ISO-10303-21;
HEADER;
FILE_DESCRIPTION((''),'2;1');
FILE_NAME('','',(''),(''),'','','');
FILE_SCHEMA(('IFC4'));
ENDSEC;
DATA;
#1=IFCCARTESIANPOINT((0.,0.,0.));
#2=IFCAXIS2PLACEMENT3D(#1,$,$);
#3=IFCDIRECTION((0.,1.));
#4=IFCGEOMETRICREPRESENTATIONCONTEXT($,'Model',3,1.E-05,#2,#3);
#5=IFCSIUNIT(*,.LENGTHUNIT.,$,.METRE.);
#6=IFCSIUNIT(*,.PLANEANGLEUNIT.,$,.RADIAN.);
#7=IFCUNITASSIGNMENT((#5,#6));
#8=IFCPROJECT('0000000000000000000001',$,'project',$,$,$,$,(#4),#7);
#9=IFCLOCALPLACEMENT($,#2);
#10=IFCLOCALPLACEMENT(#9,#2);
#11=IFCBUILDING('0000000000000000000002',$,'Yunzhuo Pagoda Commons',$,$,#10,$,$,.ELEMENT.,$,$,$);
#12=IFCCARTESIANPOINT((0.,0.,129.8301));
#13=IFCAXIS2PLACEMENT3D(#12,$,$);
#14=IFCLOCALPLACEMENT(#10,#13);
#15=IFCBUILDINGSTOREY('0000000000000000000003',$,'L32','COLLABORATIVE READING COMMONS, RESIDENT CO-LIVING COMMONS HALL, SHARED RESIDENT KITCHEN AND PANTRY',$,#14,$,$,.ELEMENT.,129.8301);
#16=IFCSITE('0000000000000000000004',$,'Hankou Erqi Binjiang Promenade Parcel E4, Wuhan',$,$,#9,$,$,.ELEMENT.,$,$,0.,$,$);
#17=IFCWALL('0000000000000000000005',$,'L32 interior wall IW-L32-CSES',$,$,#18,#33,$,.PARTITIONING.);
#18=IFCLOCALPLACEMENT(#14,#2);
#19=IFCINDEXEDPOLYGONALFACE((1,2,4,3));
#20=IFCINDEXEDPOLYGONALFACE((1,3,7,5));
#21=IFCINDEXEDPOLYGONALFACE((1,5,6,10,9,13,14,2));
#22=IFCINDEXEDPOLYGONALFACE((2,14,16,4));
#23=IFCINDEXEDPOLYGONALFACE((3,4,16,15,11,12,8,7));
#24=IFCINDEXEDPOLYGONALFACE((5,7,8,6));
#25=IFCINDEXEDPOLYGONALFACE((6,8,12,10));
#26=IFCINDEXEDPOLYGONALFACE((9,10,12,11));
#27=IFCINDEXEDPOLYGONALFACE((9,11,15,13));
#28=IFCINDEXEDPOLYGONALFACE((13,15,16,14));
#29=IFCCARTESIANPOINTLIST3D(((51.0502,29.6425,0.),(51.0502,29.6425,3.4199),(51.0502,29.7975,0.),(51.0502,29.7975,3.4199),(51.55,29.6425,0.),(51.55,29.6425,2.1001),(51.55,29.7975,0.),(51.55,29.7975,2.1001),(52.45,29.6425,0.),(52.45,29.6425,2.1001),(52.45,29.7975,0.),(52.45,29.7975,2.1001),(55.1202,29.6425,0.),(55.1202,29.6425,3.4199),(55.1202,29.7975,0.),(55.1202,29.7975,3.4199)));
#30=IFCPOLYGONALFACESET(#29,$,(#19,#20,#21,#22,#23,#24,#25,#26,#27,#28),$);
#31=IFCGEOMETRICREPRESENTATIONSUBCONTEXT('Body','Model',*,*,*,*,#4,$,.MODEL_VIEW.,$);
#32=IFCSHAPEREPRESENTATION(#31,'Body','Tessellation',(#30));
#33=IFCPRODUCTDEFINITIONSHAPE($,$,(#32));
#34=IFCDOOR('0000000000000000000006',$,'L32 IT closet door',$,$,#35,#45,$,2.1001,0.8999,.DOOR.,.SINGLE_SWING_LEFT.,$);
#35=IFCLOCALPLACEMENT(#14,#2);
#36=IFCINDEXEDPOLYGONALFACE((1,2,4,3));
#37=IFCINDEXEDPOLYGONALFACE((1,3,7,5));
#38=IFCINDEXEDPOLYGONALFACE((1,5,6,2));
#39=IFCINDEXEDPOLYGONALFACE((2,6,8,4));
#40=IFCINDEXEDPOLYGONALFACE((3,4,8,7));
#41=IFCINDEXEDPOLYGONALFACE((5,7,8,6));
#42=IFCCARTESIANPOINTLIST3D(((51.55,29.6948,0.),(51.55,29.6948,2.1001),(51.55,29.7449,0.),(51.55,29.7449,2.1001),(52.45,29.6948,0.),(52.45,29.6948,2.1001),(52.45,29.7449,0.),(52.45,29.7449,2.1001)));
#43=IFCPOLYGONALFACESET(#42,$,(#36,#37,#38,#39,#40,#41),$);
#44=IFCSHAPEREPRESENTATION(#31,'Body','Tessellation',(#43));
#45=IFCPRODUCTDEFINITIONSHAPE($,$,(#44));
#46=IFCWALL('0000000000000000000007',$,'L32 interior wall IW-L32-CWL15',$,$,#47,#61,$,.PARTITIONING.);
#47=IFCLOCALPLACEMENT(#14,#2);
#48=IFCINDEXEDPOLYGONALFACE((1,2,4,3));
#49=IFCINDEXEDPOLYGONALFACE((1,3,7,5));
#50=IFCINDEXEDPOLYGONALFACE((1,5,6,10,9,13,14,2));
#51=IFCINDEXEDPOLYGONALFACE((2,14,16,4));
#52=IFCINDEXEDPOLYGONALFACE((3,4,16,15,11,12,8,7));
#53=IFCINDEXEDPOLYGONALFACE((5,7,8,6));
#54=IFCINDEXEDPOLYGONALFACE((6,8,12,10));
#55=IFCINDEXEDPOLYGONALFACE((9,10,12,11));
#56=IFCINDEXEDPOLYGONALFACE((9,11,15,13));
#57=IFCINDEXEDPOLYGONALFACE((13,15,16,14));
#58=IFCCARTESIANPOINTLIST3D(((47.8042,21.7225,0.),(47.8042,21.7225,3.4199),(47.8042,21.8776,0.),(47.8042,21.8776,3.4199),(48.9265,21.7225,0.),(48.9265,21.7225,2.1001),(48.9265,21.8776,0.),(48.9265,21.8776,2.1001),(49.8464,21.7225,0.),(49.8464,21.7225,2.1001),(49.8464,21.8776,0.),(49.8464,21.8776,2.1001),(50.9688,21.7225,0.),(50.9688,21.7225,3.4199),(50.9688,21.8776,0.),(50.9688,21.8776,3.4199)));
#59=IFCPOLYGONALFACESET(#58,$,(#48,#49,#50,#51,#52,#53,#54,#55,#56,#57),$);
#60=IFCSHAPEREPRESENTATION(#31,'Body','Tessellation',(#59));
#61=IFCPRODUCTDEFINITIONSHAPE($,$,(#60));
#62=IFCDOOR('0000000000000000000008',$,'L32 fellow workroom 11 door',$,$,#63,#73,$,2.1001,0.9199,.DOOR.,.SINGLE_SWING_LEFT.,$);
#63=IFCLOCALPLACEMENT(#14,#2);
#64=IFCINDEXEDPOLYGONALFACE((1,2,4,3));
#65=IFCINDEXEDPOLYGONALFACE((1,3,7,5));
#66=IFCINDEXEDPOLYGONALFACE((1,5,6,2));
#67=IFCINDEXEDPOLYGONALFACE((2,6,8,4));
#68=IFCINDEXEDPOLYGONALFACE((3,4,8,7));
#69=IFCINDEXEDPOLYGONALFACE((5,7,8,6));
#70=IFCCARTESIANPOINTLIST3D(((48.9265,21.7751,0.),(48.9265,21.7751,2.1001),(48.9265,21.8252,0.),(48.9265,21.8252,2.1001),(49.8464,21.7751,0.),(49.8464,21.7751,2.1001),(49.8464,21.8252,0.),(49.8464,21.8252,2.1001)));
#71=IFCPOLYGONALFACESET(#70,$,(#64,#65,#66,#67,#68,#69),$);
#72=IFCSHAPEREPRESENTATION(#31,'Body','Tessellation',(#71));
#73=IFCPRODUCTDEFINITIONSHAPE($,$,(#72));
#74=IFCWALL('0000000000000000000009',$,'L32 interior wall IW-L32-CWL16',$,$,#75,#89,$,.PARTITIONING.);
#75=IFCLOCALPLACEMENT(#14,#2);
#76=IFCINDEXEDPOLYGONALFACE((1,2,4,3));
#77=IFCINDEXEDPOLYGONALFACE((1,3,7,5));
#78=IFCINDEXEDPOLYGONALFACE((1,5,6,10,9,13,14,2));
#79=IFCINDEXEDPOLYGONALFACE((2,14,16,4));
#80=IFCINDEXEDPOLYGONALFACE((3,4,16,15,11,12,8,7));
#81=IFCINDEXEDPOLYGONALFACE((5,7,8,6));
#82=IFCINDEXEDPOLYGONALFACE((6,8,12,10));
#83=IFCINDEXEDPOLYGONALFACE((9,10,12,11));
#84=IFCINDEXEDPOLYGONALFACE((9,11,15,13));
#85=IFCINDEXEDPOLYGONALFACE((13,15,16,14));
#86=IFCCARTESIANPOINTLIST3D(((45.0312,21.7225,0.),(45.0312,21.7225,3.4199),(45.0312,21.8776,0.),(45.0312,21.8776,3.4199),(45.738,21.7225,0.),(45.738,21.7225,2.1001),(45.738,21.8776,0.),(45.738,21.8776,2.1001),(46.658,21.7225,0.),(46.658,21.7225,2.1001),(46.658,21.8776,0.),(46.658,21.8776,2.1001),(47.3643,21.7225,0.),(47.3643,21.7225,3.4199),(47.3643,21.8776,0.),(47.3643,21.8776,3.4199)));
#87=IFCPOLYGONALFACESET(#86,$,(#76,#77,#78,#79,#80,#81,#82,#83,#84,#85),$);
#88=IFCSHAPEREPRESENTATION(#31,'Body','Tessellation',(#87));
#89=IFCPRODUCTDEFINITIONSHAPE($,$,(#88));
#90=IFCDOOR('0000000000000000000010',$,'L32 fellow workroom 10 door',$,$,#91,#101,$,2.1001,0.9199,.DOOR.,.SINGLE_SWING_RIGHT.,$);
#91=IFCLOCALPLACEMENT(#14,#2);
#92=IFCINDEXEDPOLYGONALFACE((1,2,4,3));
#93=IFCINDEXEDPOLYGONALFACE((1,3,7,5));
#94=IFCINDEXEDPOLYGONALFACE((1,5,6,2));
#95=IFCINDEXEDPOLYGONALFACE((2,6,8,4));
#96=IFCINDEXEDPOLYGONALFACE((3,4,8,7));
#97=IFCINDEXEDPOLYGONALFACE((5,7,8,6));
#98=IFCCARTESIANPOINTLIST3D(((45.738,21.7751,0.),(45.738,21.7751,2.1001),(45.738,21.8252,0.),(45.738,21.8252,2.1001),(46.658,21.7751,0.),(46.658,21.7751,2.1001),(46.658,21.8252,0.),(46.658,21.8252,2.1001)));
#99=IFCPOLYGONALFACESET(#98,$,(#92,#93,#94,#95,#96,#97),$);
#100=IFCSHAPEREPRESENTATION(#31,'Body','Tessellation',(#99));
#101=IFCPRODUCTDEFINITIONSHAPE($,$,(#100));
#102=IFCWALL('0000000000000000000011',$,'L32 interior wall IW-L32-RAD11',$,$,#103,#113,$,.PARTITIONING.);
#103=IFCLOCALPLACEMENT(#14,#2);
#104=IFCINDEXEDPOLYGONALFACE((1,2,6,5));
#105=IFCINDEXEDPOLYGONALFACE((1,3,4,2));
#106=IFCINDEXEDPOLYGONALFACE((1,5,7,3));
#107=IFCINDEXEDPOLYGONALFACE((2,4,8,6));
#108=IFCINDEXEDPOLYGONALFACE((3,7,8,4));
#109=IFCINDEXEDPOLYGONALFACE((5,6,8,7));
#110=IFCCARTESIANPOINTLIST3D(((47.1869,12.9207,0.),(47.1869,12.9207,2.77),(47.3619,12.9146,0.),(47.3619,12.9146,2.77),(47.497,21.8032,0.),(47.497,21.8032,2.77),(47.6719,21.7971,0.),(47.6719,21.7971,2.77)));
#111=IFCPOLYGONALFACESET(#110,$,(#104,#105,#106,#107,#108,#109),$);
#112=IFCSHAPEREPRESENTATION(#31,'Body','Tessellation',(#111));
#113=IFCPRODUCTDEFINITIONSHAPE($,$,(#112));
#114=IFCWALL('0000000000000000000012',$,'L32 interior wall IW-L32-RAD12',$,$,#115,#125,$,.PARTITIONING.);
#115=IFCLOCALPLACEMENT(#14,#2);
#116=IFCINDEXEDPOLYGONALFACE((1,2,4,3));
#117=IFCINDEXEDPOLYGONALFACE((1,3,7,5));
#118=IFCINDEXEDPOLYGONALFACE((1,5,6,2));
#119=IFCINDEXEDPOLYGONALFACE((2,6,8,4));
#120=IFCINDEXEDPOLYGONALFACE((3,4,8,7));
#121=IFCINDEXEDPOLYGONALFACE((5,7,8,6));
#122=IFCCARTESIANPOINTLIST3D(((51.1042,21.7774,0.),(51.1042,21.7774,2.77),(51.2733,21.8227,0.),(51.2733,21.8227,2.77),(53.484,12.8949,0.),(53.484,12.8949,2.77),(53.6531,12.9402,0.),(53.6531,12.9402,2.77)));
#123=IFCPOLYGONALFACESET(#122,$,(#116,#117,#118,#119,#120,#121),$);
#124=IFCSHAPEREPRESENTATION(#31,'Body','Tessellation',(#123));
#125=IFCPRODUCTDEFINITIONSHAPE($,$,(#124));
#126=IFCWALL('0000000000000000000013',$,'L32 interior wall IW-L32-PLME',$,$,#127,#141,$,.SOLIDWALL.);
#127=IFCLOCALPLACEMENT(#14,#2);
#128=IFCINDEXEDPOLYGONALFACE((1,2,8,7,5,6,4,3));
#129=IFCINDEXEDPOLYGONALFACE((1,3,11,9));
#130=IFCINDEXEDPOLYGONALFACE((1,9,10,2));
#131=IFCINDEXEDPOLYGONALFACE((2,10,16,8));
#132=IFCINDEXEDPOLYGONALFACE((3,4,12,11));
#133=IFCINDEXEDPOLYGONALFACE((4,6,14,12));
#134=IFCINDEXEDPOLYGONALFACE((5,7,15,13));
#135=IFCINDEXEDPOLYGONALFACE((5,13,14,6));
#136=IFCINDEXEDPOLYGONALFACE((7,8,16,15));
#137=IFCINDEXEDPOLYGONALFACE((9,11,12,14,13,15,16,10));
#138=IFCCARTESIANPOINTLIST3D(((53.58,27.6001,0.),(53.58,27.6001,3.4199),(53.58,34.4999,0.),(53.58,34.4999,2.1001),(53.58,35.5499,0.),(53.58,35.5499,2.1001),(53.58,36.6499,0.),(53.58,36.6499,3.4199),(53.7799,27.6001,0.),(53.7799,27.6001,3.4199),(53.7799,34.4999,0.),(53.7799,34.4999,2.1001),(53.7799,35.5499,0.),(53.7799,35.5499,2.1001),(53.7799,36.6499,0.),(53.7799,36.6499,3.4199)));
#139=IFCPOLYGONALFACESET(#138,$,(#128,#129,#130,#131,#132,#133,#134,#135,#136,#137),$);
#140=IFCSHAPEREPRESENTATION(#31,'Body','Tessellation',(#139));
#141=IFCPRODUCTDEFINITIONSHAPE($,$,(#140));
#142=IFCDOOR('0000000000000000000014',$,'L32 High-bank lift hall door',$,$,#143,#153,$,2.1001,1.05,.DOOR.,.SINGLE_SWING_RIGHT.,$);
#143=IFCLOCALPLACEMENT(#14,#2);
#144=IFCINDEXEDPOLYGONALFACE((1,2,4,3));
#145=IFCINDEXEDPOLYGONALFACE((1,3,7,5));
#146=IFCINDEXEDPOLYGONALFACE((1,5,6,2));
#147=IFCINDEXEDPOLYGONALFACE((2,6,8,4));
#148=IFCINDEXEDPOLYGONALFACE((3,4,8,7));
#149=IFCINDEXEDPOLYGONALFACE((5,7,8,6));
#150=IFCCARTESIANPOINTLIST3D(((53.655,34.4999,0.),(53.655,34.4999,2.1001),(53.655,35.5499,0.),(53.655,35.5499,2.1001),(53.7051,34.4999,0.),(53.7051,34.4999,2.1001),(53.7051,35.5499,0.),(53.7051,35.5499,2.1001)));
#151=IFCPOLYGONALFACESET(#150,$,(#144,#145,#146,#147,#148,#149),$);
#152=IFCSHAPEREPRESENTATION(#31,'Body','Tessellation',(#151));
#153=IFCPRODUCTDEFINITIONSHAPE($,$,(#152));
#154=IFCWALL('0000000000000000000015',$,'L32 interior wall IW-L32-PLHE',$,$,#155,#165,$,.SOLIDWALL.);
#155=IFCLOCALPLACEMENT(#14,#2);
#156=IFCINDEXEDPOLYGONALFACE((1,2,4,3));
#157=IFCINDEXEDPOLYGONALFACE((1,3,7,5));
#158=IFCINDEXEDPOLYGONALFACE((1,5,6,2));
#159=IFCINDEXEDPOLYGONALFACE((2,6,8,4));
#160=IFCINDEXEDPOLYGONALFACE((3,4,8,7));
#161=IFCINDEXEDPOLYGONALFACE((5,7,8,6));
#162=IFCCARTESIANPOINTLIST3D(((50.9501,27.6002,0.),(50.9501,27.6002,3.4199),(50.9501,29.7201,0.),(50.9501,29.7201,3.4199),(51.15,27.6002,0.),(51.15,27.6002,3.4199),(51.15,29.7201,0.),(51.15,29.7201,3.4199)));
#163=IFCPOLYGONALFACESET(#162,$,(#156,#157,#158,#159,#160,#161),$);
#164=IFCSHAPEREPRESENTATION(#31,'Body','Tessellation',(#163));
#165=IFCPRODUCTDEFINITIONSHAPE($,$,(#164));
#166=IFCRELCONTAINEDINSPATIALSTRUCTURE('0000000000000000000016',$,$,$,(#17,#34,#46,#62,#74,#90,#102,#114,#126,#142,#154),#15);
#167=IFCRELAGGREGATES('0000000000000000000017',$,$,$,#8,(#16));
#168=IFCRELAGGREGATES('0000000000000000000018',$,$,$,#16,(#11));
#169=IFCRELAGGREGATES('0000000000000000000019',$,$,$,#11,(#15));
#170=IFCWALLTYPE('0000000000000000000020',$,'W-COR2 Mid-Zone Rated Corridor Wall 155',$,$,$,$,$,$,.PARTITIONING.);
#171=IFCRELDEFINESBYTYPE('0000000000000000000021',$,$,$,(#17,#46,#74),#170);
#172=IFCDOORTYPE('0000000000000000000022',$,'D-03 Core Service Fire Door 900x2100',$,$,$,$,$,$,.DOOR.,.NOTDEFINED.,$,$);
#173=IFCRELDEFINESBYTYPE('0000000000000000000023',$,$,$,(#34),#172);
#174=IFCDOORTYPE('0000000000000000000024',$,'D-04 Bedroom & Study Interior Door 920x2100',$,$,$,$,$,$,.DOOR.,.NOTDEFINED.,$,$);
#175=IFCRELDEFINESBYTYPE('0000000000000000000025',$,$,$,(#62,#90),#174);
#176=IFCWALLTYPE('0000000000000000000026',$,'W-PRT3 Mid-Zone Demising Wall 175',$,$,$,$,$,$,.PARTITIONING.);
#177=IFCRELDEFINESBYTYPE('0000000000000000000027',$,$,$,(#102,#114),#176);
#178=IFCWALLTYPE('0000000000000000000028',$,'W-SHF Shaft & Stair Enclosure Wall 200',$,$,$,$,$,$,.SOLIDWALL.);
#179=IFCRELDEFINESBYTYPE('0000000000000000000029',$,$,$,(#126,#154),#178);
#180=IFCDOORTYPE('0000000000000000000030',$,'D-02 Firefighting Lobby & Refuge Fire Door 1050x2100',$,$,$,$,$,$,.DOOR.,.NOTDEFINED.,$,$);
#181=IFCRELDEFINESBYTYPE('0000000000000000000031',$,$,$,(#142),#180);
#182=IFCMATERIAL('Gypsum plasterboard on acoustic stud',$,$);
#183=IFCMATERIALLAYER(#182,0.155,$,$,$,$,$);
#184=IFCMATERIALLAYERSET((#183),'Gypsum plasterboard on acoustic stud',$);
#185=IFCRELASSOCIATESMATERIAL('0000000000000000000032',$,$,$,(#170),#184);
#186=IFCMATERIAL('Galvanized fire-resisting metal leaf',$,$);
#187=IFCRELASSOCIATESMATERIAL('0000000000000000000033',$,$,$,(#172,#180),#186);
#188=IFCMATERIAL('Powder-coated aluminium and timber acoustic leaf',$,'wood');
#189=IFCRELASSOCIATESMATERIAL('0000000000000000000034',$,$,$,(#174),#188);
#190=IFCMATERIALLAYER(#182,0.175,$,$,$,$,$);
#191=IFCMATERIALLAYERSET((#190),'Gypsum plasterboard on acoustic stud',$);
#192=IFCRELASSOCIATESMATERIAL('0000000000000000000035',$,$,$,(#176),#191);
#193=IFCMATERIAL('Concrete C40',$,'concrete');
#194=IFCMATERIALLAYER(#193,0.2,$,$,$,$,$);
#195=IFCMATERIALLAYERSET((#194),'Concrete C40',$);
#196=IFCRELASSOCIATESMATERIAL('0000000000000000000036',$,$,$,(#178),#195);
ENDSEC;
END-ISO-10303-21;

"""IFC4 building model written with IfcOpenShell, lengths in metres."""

from ifc_helpers import new_model, si_unit, direction, frame, frame_2d, origin, origin_with_axes, place, context, subcontext, project, spatial, rectangle, extrude, source, transform, mapped, material, layer, layer_set, type_object, element, fill, save


model = new_model("IFC4")

# Units and contexts
model_context = context("Model", 3, precision=1e-05, world=origin(), true_north=direction((0.0, 1.0)))
body_context = subcontext(model_context, "Body", "Model", "MODEL_VIEW")
ifc_project = project(units=[si_unit("LENGTHUNIT", "METRE"), si_unit("PLANEANGLEUNIT", "RADIAN")], contexts=[model_context])

# Site, building, storey
site_placement = place(None, origin())
site = spatial("IfcSite", under=ifc_project, at=site_placement, Name="Hankou Erqi Binjiang Promenade Parcel E4, Wuhan", CompositionType="ELEMENT", RefElevation=0.0)
building_placement = place(site_placement, origin())
building = spatial("IfcBuilding", under=site, at=building_placement, Name="Yunzhuo Pagoda Commons", CompositionType="ELEMENT")
storey_placement = place(building_placement, frame((0.0, 0.0, 129.8301)))
storey = spatial("IfcBuildingStorey", under=building, at=storey_placement, Name="L32", Description="COLLABORATIVE READING COMMONS, RESIDENT CO-LIVING COMMONS HALL, SHARED RESIDENT KITCHEN AND PANTRY", CompositionType="ELEMENT", Elevation=129.8301)

# Walls, openings, doors
ifc_material_1 = material(Name="Gypsum plasterboard on acoustic stud")
ifc_layer_1 = layer(ifc_material_1, 0.155)
ifc_layer_set_1 = layer_set([ifc_layer_1], Name="Gypsum plasterboard on acoustic stud")
wall_type_1 = type_object("IfcWallType", Name="W-COR2 Mid-Zone Rated Corridor Wall 155", PredefinedType="PARTITIONING", material=ifc_layer_set_1)
wall_1_placement = place(storey_placement, frame((51.05, 29.72, 0.0), z_axis=(0.0, 0.0, 1.0), x_axis=(1.0, 0.0, 0.0)))
wall_1 = element("IfcWall", 1, at=wall_1_placement, inside=storey, type_object=wall_type_1, Name="L32 interior wall IW-L32-CSES", PredefinedType="PARTITIONING", context=body_context, shape_type="SweptSolid", body=[
    extrude(rectangle(XDim=4.0701, YDim=0.155, at=frame_2d((2.0352, 0.0))), origin(), (0.0, 0.0, 1.0), 3.4199),
])
opening_1_placement = place(wall_1_placement, frame((0.5, 0.0, 0.0)))
opening_1 = element("IfcOpeningElement", 2, at=opening_1_placement, cuts=wall_1, PredefinedType="OPENING", context=body_context, shape_type="SweptSolid", body=[
    extrude(rectangle(XDim=0.8999, YDim=2.1001, at=frame_2d((0.45, 1.05))), frame((0.0, 0.0874, 0.0), z_axis=(0.0, -1.0, 0.0), x_axis=(1.0, 0.0, 0.0)), (0.0, 0.0, 1.0), 0.175),
])
ifc_material_2 = material(Name="Galvanized fire-resisting metal leaf")
door_type_1 = type_object("IfcDoorType", Name="D-03 Core Service Fire Door 900x2100", OperationType="NOTDEFINED", PredefinedType="DOOR", material=ifc_material_2)
shared_shape_1 = source(origin(), body_context, "Body", "SweptSolid", [
    extrude(rectangle(XDim=0.8999, YDim=2.1001, at=frame_2d((0.45, 1.05))), frame((0.0, 0.0249, 0.0), z_axis=(0.0, -1.0, 0.0), x_axis=(1.0, 0.0, 0.0)), (0.0, 0.0, 1.0), 0.05),
])
door_1_placement = place(opening_1_placement, origin_with_axes())
door_1 = element("IfcDoor", 3, at=door_1_placement, inside=storey, type_object=door_type_1, Name="L32 IT closet door", OperationType="SINGLE_SWING_LEFT", OverallHeight=2.1001, OverallWidth=0.8999, PredefinedType="DOOR", context=body_context, shape_type="MappedRepresentation", body=[
    mapped(shared_shape_1, transform((0.0, 0.0, 0.0), scale=1.0)),
])
fill(opening_1, door_1)
wall_2_placement = place(storey_placement, frame((50.9688, 21.8, 0.0), z_axis=(0.0, 0.0, 1.0), x_axis=(-1.0, 0.0, 0.0)))
wall_2 = element("IfcWall", 4, at=wall_2_placement, inside=storey, type_object=wall_type_1, Name="L32 interior wall IW-L32-CWL15", PredefinedType="PARTITIONING", context=body_context, shape_type="SweptSolid", body=[
    extrude(rectangle(XDim=3.1646, YDim=0.155, at=frame_2d((1.5823, 0.0))), origin(), (0.0, 0.0, 1.0), 3.4199),
])
opening_2_placement = place(wall_2_placement, frame((1.1223, 0.0, 0.0)))
opening_2 = element("IfcOpeningElement", 5, at=opening_2_placement, cuts=wall_2, PredefinedType="OPENING", context=body_context, shape_type="SweptSolid", body=[
    extrude(rectangle(XDim=0.9199, YDim=2.1001, at=frame_2d((0.46, 1.05))), frame((0.0, 0.0874, 0.0), z_axis=(0.0, -1.0, 0.0), x_axis=(1.0, 0.0, 0.0)), (0.0, 0.0, 1.0), 0.175),
])
ifc_material_3 = material(Name="Powder-coated aluminium and timber acoustic leaf", Category="wood")
door_type_2 = type_object("IfcDoorType", Name="D-04 Bedroom & Study Interior Door 920x2100", OperationType="NOTDEFINED", PredefinedType="DOOR", material=ifc_material_3)
shared_shape_2 = source(origin(), body_context, "Body", "SweptSolid", [
    extrude(rectangle(XDim=0.9199, YDim=2.1001, at=frame_2d((0.46, 1.05))), frame((0.0, 0.0249, 0.0), z_axis=(0.0, -1.0, 0.0), x_axis=(1.0, 0.0, 0.0)), (0.0, 0.0, 1.0), 0.05),
])
door_2_placement = place(opening_2_placement, origin_with_axes())
door_2 = element("IfcDoor", 6, at=door_2_placement, inside=storey, type_object=door_type_2, Name="L32 fellow workroom 11 door", OperationType="SINGLE_SWING_LEFT", OverallHeight=2.1001, OverallWidth=0.9199, PredefinedType="DOOR", context=body_context, shape_type="MappedRepresentation", body=[
    mapped(shared_shape_2, transform((0.0, 0.0, 0.0), scale=1.0)),
])
fill(opening_2, door_2)
wall_3_placement = place(storey_placement, frame((47.3643, 21.8, 0.0), z_axis=(0.0, 0.0, 1.0), x_axis=(-1.0, 0.0, 0.0)))
wall_3 = element("IfcWall", 7, at=wall_3_placement, inside=storey, type_object=wall_type_1, Name="L32 interior wall IW-L32-CWL16", PredefinedType="PARTITIONING", context=body_context, shape_type="SweptSolid", body=[
    extrude(rectangle(XDim=2.333, YDim=0.155, at=frame_2d((1.1665, 0.0))), origin(), (0.0, 0.0, 1.0), 3.4199),
])
opening_3_placement = place(wall_3_placement, frame((0.7063, 0.0, 0.0)))
opening_3 = element("IfcOpeningElement", 8, at=opening_3_placement, cuts=wall_3, PredefinedType="OPENING", context=body_context, shape_type="SweptSolid", body=[
    extrude(rectangle(XDim=0.9199, YDim=2.1001, at=frame_2d((0.46, 1.05))), frame((0.0, 0.0874, 0.0), z_axis=(0.0, -1.0, 0.0), x_axis=(1.0, 0.0, 0.0)), (0.0, 0.0, 1.0), 0.175),
])
door_3_placement = place(opening_3_placement, origin_with_axes())
door_3 = element("IfcDoor", 9, at=door_3_placement, inside=storey, type_object=door_type_2, Name="L32 fellow workroom 10 door", OperationType="SINGLE_SWING_RIGHT", OverallHeight=2.1001, OverallWidth=0.9199, PredefinedType="DOOR", context=body_context, shape_type="MappedRepresentation", body=[
    mapped(shared_shape_2, transform((0.0, 0.0, 0.0), scale=1.0)),
])
fill(opening_3, door_3)

# Walls
ifc_layer_2 = layer(ifc_material_1, 0.175)
ifc_layer_set_2 = layer_set([ifc_layer_2], Name="Gypsum plasterboard on acoustic stud")
wall_type_2 = type_object("IfcWallType", Name="W-PRT3 Mid-Zone Demising Wall 175", PredefinedType="PARTITIONING", material=ifc_layer_set_2)
wall_4_placement = place(storey_placement, frame((47.5845, 21.8, 0.0), z_axis=(0.0, 0.0, 1.0), x_axis=(-0.034885, -0.999391, 0.0)))
element("IfcWall", 10, at=wall_4_placement, inside=storey, type_object=wall_type_2, Name="L32 interior wall IW-L32-RAD11", PredefinedType="PARTITIONING", context=body_context, shape_type="SweptSolid", body=[
    extrude(rectangle(XDim=8.8879, YDim=0.175, at=frame_2d((4.4438, 0.0))), origin(), (0.0, 0.0, 1.0), 2.77),
])
wall_5_placement = place(storey_placement, frame((51.1887, 21.8, 0.0), z_axis=(0.0, 0.0, 1.0), x_axis=(0.258799, -0.965931, 0.0)))
element("IfcWall", 11, at=wall_5_placement, inside=storey, type_object=wall_type_2, Name="L32 interior wall IW-L32-RAD12", PredefinedType="PARTITIONING", context=body_context, shape_type="SweptSolid", body=[
    extrude(rectangle(XDim=9.1958, YDim=0.175, at=frame_2d((4.5979, 0.0))), origin(), (0.0, 0.0, 1.0), 2.77),
])

# Wall, opening, door
ifc_material_4 = material(Name="Concrete C40", Category="concrete")
ifc_layer_3 = layer(ifc_material_4, 0.2)
ifc_layer_set_3 = layer_set([ifc_layer_3], Name="Concrete C40")
wall_type_3 = type_object("IfcWallType", Name="W-SHF Shaft & Stair Enclosure Wall 200", PredefinedType="SOLIDWALL", material=ifc_layer_set_3)
wall_6_placement = place(storey_placement, frame((53.6799, 27.6001, 0.0), z_axis=(0.0, 0.0, 1.0), x_axis=(0.0, 1.0, 0.0)))
wall_6 = element("IfcWall", 12, at=wall_6_placement, inside=storey, type_object=wall_type_3, Name="L32 interior wall IW-L32-PLME", PredefinedType="SOLIDWALL", context=body_context, shape_type="SweptSolid", body=[
    extrude(rectangle(XDim=9.0498, YDim=0.2, at=frame_2d((4.5249, 0.0))), origin(), (0.0, 0.0, 1.0), 3.4199),
])
opening_4_placement = place(wall_6_placement, frame((6.8999, 0.0, 0.0)))
opening_4 = element("IfcOpeningElement", 13, at=opening_4_placement, cuts=wall_6, PredefinedType="OPENING", context=body_context, shape_type="SweptSolid", body=[
    extrude(rectangle(XDim=1.05, YDim=2.1001, at=frame_2d((0.5249, 1.05))), frame((0.0, 0.1099, 0.0), z_axis=(0.0, -1.0, 0.0), x_axis=(1.0, 0.0, 0.0)), (0.0, 0.0, 1.0), 0.22),
])
door_type_3 = type_object("IfcDoorType", Name="D-02 Firefighting Lobby & Refuge Fire Door 1050x2100", OperationType="NOTDEFINED", PredefinedType="DOOR", material=ifc_material_2)
shared_shape_3 = source(origin(), body_context, "Body", "SweptSolid", [
    extrude(rectangle(XDim=1.05, YDim=2.1001, at=frame_2d((0.5249, 1.05))), frame((0.0, 0.0249, 0.0), z_axis=(0.0, -1.0, 0.0), x_axis=(1.0, 0.0, 0.0)), (0.0, 0.0, 1.0), 0.05),
])
door_4_placement = place(opening_4_placement, origin_with_axes())
door_4 = element("IfcDoor", 14, at=door_4_placement, inside=storey, type_object=door_type_3, Name="L32 High-bank lift hall door", OperationType="SINGLE_SWING_RIGHT", OverallHeight=2.1001, OverallWidth=1.05, PredefinedType="DOOR", context=body_context, shape_type="MappedRepresentation", body=[
    mapped(shared_shape_3, transform((0.0, 0.0, 0.0), scale=1.0)),
])
fill(opening_4, door_4)

# Wall
for number, where, z_axis, x_axis, name in (
    (15, (51.05, 27.6001, 0.0), (0.0, 0.0, 1.0), (0.0, 1.0, 0.0), "L32 interior wall IW-L32-PLHE"),
):
    element("IfcWall", number, at=place(storey_placement, frame(where, z_axis=z_axis, x_axis=x_axis)), inside=storey, type_object=wall_type_3, Name=name, PredefinedType="SOLIDWALL", context=body_context, shape_type="SweptSolid", body=[
        extrude(rectangle(XDim=2.1199, YDim=0.2, at=frame_2d((1.0601, 0.0))), origin(), (0.0, 0.0, 1.0), 3.4199),
    ])

save(model, "model.ifc")
